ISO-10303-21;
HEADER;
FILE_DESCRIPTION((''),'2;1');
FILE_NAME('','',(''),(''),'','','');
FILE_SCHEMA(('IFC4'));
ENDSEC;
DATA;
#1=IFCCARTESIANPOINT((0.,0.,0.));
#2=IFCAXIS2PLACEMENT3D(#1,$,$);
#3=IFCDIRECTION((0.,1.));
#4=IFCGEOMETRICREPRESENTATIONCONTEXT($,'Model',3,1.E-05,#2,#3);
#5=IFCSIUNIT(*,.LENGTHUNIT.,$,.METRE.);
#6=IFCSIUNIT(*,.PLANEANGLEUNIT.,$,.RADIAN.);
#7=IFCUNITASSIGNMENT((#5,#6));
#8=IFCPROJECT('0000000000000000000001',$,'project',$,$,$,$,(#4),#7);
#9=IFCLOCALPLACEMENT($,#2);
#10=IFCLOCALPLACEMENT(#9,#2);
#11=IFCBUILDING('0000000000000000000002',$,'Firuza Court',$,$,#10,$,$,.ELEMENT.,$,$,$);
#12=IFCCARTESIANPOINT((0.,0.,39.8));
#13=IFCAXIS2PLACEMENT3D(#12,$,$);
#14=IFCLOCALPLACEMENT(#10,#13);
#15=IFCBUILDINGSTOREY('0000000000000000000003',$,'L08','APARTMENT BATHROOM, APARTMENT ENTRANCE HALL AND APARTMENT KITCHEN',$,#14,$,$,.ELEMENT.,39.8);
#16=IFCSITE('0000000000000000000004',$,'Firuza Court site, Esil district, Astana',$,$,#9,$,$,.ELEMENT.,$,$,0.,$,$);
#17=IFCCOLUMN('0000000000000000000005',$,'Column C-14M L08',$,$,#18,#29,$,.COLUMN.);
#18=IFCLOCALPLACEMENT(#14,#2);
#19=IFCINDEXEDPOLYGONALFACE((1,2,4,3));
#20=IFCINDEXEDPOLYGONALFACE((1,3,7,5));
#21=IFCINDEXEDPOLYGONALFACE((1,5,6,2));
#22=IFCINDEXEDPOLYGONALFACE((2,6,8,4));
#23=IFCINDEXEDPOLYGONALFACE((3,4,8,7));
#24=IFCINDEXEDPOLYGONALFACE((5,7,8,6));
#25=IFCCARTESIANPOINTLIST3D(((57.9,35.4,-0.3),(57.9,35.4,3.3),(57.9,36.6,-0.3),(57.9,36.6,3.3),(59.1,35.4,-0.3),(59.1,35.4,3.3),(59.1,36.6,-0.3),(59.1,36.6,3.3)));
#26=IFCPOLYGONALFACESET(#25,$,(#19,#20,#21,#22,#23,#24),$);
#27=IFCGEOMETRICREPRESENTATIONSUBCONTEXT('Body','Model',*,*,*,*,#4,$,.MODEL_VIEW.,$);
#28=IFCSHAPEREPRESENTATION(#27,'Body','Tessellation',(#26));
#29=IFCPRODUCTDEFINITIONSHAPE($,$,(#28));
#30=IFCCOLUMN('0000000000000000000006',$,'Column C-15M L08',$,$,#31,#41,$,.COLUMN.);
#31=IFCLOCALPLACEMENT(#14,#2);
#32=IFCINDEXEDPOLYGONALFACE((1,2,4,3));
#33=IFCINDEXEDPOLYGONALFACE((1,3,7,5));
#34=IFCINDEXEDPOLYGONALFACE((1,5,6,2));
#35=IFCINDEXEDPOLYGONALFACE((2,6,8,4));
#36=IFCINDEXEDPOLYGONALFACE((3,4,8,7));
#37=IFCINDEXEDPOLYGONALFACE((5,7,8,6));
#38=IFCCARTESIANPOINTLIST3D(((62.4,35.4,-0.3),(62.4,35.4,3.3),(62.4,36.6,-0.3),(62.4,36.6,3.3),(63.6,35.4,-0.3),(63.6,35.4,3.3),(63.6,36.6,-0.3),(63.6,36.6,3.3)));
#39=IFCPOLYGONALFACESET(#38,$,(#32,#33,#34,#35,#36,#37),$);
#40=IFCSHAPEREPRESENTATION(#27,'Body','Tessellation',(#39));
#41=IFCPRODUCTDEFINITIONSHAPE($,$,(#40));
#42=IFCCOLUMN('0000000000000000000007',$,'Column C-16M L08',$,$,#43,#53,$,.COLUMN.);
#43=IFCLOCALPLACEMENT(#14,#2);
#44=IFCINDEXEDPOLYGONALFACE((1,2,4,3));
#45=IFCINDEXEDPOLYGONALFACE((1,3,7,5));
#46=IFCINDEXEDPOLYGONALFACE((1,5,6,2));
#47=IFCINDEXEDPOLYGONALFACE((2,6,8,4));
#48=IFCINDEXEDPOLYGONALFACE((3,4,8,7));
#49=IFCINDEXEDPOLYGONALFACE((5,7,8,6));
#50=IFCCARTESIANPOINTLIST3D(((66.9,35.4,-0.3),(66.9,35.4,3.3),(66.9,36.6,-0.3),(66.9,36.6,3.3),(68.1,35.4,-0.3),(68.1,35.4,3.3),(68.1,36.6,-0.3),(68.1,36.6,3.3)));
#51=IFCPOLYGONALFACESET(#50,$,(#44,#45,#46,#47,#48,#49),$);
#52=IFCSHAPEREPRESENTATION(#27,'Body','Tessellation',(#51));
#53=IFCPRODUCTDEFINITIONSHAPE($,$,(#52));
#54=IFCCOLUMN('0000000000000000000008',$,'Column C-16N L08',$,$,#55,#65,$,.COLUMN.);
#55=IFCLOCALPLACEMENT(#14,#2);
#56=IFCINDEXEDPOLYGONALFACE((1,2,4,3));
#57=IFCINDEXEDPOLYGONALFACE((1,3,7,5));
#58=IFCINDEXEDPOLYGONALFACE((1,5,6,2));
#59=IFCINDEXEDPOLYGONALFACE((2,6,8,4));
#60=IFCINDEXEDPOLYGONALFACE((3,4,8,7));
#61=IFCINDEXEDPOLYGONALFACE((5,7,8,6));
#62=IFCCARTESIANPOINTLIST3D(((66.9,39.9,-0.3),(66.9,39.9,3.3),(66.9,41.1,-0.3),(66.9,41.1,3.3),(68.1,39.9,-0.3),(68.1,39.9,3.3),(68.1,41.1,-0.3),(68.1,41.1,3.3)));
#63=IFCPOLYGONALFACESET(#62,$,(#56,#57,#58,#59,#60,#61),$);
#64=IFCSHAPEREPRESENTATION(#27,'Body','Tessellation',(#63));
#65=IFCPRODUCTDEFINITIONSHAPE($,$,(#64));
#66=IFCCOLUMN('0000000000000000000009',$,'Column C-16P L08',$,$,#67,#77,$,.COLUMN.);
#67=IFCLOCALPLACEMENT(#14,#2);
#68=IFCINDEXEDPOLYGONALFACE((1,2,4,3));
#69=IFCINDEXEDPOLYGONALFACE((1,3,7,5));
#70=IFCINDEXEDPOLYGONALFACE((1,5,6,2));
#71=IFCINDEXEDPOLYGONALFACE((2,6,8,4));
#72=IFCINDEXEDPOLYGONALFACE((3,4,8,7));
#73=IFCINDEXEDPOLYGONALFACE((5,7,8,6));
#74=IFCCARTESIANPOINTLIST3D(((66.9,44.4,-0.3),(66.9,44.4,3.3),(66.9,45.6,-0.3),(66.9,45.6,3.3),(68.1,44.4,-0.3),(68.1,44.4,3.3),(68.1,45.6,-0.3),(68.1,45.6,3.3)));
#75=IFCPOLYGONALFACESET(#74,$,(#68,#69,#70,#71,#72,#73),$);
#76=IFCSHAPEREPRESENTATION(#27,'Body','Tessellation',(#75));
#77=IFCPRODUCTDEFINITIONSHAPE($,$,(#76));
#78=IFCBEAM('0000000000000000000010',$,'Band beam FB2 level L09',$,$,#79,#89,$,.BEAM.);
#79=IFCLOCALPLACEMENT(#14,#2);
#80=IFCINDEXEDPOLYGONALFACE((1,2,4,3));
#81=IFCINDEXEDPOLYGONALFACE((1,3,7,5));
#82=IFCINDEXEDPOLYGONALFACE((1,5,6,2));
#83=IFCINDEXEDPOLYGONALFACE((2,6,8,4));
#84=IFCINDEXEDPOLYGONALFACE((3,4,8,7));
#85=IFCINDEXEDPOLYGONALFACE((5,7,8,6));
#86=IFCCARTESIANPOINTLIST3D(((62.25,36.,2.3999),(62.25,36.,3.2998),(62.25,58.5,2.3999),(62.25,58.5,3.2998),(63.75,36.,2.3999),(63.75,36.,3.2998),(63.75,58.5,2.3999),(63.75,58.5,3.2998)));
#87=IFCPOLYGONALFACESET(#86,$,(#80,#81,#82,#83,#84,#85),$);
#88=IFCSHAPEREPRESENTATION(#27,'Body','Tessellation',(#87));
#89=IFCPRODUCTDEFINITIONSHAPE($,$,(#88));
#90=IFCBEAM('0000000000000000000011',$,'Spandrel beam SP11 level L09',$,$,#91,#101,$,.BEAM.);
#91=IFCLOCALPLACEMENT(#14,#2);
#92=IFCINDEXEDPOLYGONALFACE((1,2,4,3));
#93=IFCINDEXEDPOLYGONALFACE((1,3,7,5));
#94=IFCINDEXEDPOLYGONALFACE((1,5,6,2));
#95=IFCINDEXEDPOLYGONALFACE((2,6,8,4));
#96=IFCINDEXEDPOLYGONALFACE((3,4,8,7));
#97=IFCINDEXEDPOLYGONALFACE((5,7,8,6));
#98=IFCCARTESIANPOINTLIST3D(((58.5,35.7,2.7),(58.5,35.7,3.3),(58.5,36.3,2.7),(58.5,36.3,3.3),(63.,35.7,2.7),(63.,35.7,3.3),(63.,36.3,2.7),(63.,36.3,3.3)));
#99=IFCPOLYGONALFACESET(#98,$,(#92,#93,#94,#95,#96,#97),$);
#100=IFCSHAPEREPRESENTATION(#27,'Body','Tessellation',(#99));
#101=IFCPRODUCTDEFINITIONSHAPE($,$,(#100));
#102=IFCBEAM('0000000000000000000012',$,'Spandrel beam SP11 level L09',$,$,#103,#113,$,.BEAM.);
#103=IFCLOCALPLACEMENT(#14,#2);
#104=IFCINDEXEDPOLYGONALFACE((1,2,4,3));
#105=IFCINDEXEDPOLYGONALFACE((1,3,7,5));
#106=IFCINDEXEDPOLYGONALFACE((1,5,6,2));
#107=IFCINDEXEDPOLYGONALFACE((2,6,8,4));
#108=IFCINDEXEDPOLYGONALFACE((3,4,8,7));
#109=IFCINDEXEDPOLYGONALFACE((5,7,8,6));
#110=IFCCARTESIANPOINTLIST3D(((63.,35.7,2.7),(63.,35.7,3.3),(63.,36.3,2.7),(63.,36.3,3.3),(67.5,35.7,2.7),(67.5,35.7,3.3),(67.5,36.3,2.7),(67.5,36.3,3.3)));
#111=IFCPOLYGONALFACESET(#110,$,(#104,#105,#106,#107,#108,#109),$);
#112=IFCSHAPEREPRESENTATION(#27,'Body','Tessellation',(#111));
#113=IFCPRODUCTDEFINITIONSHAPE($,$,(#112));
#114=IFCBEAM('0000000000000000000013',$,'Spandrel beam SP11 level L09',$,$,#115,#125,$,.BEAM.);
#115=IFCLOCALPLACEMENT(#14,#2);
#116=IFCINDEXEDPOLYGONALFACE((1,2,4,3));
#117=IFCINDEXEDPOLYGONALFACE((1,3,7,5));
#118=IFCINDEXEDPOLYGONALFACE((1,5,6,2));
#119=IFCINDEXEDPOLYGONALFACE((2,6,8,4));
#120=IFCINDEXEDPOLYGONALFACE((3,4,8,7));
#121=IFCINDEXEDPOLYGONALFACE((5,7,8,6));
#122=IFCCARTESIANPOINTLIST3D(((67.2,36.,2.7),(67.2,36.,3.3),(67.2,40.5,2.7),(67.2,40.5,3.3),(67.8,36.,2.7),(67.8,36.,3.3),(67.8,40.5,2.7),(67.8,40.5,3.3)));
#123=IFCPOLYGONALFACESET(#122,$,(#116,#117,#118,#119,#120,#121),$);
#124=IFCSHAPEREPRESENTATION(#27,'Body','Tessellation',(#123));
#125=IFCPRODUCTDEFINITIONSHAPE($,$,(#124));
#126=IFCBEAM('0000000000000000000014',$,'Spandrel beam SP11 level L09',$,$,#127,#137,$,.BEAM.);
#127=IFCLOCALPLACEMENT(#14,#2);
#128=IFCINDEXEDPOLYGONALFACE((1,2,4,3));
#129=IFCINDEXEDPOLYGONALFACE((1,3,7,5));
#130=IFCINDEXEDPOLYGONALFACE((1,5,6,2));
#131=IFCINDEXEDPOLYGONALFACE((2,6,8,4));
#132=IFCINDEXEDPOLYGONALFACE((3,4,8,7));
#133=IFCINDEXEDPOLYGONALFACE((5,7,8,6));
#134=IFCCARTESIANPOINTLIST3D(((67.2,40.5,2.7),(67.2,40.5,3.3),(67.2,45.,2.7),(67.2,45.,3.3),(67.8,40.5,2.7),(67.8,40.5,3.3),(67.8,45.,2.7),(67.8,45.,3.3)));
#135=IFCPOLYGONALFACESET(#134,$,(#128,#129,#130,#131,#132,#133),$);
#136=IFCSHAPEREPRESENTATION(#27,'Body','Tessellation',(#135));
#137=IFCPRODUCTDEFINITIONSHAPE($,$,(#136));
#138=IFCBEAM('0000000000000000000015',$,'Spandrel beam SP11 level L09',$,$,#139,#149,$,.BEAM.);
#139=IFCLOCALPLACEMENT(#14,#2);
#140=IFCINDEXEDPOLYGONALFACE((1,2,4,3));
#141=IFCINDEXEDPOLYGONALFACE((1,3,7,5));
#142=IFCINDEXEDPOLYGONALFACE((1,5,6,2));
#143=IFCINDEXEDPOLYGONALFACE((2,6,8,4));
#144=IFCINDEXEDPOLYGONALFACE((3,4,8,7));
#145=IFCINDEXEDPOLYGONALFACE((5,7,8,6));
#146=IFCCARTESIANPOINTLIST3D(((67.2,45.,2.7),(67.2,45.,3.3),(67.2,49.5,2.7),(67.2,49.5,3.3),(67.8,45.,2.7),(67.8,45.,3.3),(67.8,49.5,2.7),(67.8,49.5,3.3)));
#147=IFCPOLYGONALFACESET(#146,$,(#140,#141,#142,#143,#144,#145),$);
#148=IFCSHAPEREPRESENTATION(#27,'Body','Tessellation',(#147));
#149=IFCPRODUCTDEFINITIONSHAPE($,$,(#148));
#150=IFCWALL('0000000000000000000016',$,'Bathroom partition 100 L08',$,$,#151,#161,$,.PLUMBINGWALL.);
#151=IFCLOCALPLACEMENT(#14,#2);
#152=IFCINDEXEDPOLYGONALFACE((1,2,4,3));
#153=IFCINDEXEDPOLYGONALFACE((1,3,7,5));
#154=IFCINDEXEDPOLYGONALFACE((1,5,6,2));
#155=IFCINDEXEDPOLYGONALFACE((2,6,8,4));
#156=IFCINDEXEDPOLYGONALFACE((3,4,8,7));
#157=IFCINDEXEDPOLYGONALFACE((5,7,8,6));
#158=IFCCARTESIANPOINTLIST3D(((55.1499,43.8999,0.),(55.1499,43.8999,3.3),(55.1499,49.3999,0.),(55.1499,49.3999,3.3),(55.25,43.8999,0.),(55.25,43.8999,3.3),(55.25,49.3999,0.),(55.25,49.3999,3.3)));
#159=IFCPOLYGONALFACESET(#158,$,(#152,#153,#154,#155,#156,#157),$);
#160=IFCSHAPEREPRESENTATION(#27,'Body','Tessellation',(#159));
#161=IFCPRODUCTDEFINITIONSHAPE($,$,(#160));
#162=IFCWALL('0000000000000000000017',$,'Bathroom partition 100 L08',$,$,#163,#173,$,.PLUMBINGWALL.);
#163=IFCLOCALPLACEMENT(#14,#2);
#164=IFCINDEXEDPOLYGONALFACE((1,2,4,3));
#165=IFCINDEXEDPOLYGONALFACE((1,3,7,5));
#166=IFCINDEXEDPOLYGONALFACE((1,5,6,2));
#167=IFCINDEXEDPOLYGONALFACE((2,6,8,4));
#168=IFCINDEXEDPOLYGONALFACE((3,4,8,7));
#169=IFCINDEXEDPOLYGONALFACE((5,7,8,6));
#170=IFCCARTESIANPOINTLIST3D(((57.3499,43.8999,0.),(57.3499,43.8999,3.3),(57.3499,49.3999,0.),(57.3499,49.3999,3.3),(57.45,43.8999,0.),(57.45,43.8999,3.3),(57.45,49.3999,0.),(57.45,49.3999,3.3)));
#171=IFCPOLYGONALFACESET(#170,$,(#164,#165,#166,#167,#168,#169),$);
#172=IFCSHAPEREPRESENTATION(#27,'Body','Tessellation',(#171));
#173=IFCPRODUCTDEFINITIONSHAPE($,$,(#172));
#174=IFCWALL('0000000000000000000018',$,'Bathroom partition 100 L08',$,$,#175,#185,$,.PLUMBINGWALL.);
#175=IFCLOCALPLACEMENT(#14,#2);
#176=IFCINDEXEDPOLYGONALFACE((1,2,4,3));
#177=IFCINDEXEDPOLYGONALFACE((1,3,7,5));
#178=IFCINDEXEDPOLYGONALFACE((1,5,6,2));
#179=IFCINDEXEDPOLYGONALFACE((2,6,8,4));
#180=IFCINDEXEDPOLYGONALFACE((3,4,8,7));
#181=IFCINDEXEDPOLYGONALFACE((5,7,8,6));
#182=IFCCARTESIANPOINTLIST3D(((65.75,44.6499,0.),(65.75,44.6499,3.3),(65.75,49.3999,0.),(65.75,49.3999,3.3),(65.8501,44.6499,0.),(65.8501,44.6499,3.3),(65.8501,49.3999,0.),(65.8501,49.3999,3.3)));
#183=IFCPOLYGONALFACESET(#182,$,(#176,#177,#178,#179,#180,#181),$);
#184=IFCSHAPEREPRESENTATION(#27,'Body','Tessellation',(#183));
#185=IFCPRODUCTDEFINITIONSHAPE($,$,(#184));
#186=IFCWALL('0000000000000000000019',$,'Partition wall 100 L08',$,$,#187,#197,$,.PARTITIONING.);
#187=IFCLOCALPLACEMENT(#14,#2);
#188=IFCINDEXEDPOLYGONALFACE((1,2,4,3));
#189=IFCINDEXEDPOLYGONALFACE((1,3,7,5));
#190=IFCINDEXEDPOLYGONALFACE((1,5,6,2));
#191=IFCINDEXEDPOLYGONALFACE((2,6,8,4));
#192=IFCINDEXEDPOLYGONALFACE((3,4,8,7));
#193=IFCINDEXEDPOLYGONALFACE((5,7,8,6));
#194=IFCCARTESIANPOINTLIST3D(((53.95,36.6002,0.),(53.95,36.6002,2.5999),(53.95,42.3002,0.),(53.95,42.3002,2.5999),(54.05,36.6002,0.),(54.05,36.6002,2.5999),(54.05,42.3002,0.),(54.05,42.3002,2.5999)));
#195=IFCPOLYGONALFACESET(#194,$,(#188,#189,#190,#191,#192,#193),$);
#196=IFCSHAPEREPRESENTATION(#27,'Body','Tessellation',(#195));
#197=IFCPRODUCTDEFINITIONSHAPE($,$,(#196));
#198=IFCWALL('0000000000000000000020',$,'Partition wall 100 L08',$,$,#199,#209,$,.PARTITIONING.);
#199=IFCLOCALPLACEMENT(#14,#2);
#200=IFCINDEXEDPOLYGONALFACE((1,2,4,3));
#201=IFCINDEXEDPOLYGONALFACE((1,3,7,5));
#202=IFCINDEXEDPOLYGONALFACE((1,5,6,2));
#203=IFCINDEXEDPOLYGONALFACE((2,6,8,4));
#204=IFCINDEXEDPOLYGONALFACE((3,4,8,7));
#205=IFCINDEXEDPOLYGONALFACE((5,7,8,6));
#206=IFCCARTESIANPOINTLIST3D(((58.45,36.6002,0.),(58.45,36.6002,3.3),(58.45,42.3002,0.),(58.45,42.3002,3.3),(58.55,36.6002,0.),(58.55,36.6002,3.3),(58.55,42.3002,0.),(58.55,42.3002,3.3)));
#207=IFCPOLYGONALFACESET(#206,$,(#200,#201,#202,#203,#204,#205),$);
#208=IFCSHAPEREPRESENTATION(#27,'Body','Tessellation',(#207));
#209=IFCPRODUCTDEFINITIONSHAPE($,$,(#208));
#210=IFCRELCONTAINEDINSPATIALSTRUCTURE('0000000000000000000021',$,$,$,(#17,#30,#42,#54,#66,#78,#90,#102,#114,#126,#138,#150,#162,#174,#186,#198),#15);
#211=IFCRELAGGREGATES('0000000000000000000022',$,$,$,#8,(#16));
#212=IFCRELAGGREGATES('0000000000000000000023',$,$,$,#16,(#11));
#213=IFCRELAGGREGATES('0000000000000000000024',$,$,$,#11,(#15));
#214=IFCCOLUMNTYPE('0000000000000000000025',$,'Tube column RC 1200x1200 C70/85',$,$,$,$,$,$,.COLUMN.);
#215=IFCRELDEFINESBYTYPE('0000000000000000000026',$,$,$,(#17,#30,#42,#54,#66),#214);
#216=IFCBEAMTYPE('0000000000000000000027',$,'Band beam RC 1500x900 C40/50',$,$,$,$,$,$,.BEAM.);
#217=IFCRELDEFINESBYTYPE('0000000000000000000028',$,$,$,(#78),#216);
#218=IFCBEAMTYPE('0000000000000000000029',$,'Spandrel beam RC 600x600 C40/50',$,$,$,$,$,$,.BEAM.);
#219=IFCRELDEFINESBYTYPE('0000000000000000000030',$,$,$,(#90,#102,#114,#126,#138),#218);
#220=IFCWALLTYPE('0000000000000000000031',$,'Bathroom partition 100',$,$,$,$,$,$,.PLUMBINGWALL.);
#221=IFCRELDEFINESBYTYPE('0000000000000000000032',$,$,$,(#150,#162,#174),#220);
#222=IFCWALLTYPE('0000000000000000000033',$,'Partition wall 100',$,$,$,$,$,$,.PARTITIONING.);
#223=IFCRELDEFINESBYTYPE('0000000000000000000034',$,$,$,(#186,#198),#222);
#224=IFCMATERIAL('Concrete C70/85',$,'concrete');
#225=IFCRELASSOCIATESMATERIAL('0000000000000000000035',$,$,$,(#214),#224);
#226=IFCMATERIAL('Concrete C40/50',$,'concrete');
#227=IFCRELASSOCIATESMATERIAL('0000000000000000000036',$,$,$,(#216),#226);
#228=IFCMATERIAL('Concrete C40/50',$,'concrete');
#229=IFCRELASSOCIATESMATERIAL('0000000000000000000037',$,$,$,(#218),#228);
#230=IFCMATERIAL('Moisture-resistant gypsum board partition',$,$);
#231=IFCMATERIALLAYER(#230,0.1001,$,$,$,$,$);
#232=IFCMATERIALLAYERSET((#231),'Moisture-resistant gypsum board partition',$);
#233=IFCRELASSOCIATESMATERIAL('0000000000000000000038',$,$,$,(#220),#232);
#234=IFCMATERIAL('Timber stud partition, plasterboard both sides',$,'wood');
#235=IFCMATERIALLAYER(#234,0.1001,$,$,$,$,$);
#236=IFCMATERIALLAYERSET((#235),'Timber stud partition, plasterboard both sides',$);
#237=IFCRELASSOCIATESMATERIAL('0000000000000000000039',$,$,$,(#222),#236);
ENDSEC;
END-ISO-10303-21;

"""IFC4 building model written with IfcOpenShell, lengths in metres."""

from ifc_helpers import new_model, si_unit, direction, frame, frame_2d, origin, origin_2d, place, context, subcontext, project, spatial, rectangle, extrude, material, layer, layer_set, material_profile, profile_set, type_object, element, save


model = new_model("IFC4")

# Units and contexts
model_context = context("Model", 3, precision=1e-05, world=origin(), true_north=direction((0.0, 1.0)))
body_context = subcontext(model_context, "Body", "Model", "MODEL_VIEW")
ifc_project = project(units=[si_unit("LENGTHUNIT", "METRE"), si_unit("PLANEANGLEUNIT", "RADIAN")], contexts=[model_context])

# Site, building, storey
site_placement = place(None, origin())
site = spatial("IfcSite", under=ifc_project, at=site_placement, Name="Firuza Court site, Esil district, Astana", CompositionType="ELEMENT", RefElevation=0.0)
building_placement = place(site_placement, origin())
building = spatial("IfcBuilding", under=site, at=building_placement, Name="Firuza Court", CompositionType="ELEMENT")
storey_placement = place(building_placement, frame((0.0, 0.0, 39.8)))
storey = spatial("IfcBuildingStorey", under=building, at=storey_placement, Name="L08", Description="APARTMENT BATHROOM, APARTMENT ENTRANCE HALL AND APARTMENT KITCHEN", CompositionType="ELEMENT", Elevation=39.8)

# Columns
ifc_material_1 = material(Name="Concrete C70/85", Category="concrete")
ifc_material_profile_1 = material_profile(ifc_material_1, rectangle(XDim=1.2, YDim=1.2, at=origin_2d()), Name="RC 1200x1200")
ifc_profile_set_1 = profile_set([ifc_material_profile_1], Name="Concrete C70/85")
column_type = type_object("IfcColumnType", Name="Tube column RC 1200x1200 C70/85", PredefinedType="COLUMN", material=ifc_profile_set_1)
for number, where, z_axis, x_axis, name in (
    (1, (58.5, 36.0, -0.3), (0.0, 0.0, 1.0), (1.0, 0.0, 0.0), "Column C-14M L08"),
    (2, (63.0, 36.0, -0.3), (0.0, 0.0, 1.0), (1.0, 0.0, 0.0), "Column C-15M L08"),
    (3, (67.5, 36.0, -0.3), (0.0, 0.0, 1.0), (1.0, 0.0, 0.0), "Column C-16M L08"),
    (4, (67.5, 40.5, -0.3), (0.0, 0.0, 1.0), (1.0, 0.0, 0.0), "Column C-16N L08"),
    (5, (67.5, 45.0, -0.3), (0.0, 0.0, 1.0), (1.0, 0.0, 0.0), "Column C-16P L08"),
):
    element("IfcColumn", number, at=place(storey_placement, frame(where, z_axis=z_axis, x_axis=x_axis)), inside=storey, type_object=column_type, Name=name, PredefinedType="COLUMN", context=body_context, shape_type="SweptSolid", body=[
        extrude(rectangle(XDim=1.2, YDim=1.2, at=origin_2d()), origin(), (0.0, 0.0, 1.0), 3.6001),
    ])

# Beams
ifc_material_2 = material(Name="Concrete C40/50", Category="concrete")
ifc_material_profile_2 = material_profile(ifc_material_2, rectangle(XDim=1.5, YDim=0.8999, at=origin_2d()), Name="RC 1500x900")
ifc_profile_set_2 = profile_set([ifc_material_profile_2], Name="Concrete C40/50")
beam_type_1 = type_object("IfcBeamType", Name="Band beam RC 1500x900 C40/50", PredefinedType="BEAM", material=ifc_profile_set_2)
beam_placement = place(storey_placement, frame((63.0, 36.0, 2.8499), z_axis=(0.0, 1.0, 0.0), x_axis=(-1.0, 0.0, 0.0)))
element("IfcBeam", 6, at=beam_placement, inside=storey, type_object=beam_type_1, Name="Band beam FB2 level L09", PredefinedType="BEAM", context=body_context, shape_type="SweptSolid", body=[
    extrude(rectangle(XDim=1.5, YDim=0.8999, at=origin_2d()), origin(), (0.0, 0.0, 1.0), 22.5),
])
ifc_material_3 = material(Name="Concrete C40/50", Category="concrete")
ifc_material_profile_3 = material_profile(ifc_material_3, rectangle(XDim=0.6001, YDim=0.6001, at=origin_2d()), Name="RC 600x600")
ifc_profile_set_3 = profile_set([ifc_material_profile_3], Name="Concrete C40/50")
beam_type_2 = type_object("IfcBeamType", Name="Spandrel beam RC 600x600 C40/50", PredefinedType="BEAM", material=ifc_profile_set_3)
for number, where, z_axis, x_axis, name in (
    (7, (58.5, 36.0, 3.0), (1.0, 0.0, 0.0), (0.0, 1.0, 0.0), "Spandrel beam SP11 level L09"),
    (8, (63.0, 36.0, 3.0), (1.0, 0.0, 0.0), (0.0, 1.0, 0.0), "Spandrel beam SP11 level L09"),
    (9, (67.5, 36.0, 3.0), (0.0, 1.0, 0.0), (-1.0, 0.0, 0.0), "Spandrel beam SP11 level L09"),
    (10, (67.5, 40.5, 3.0), (0.0, 1.0, 0.0), (-1.0, 0.0, 0.0), "Spandrel beam SP11 level L09"),
    (11, (67.5, 45.0, 3.0), (0.0, 1.0, 0.0), (-1.0, 0.0, 0.0), "Spandrel beam SP11 level L09"),
):
    element("IfcBeam", number, at=place(storey_placement, frame(where, z_axis=z_axis, x_axis=x_axis)), inside=storey, type_object=beam_type_2, Name=name, PredefinedType="BEAM", context=body_context, shape_type="SweptSolid", body=[
        extrude(rectangle(XDim=0.6001, YDim=0.6001, at=origin_2d()), origin(), (0.0, 0.0, 1.0), 4.5),
    ])

# Walls
ifc_material_4 = material(Name="Moisture-resistant gypsum board partition")
ifc_layer_1 = layer(ifc_material_4, 0.1001)
ifc_layer_set_1 = layer_set([ifc_layer_1], Name="Moisture-resistant gypsum board partition")
wall_type_1 = type_object("IfcWallType", Name="Bathroom partition 100", PredefinedType="PLUMBINGWALL", material=ifc_layer_set_1)
for number, where, z_axis, x_axis, name in (
    (12, (55.2, 43.8999, 0.0), (0.0, 0.0, 1.0), (0.0, 1.0, 0.0), "Bathroom partition 100 L08"),
    (13, (57.3999, 43.8999, 0.0), (0.0, 0.0, 1.0), (0.0, 1.0, 0.0), "Bathroom partition 100 L08"),
):
    element("IfcWall", number, at=place(storey_placement, frame(where, z_axis=z_axis, x_axis=x_axis)), inside=storey, type_object=wall_type_1, Name=name, PredefinedType="PLUMBINGWALL", context=body_context, shape_type="SweptSolid", body=[
        extrude(rectangle(XDim=5.5, YDim=0.1001, at=frame_2d((2.75, 0.0))), origin(), (0.0, 0.0, 1.0), 3.3),
    ])
wall_1_placement = place(storey_placement, frame((65.8, 44.6499, 0.0), z_axis=(0.0, 0.0, 1.0), x_axis=(0.0, 1.0, 0.0)))
element("IfcWall", 14, at=wall_1_placement, inside=storey, type_object=wall_type_1, Name="Bathroom partition 100 L08", PredefinedType="PLUMBINGWALL", context=body_context, shape_type="SweptSolid", body=[
    extrude(rectangle(XDim=4.75, YDim=0.1001, at=frame_2d((2.375, 0.0))), origin(), (0.0, 0.0, 1.0), 3.3),
])
ifc_material_5 = material(Name="Timber stud partition, plasterboard both sides", Category="wood")
ifc_layer_2 = layer(ifc_material_5, 0.1001)
ifc_layer_set_2 = layer_set([ifc_layer_2], Name="Timber stud partition, plasterboard both sides")
wall_type_2 = type_object("IfcWallType", Name="Partition wall 100", PredefinedType="PARTITIONING", material=ifc_layer_set_2)
wall_2_placement = place(storey_placement, frame((54.0, 36.6001, 0.0), z_axis=(0.0, 0.0, 1.0), x_axis=(0.0, 1.0, 0.0)))
element("IfcWall", 15, at=wall_2_placement, inside=storey, type_object=wall_type_2, Name="Partition wall 100 L08", PredefinedType="PARTITIONING", context=body_context, shape_type="SweptSolid", body=[
    extrude(rectangle(XDim=5.7, YDim=0.1001, at=frame_2d((2.8501, 0.0))), origin(), (0.0, 0.0, 1.0), 2.5999),
])
wall_3_placement = place(storey_placement, frame((58.5, 36.6001, 0.0), z_axis=(0.0, 0.0, 1.0), x_axis=(0.0, 1.0, 0.0)))
element("IfcWall", 16, at=wall_3_placement, inside=storey, type_object=wall_type_2, Name="Partition wall 100 L08", PredefinedType="PARTITIONING", context=body_context, shape_type="SweptSolid", body=[
    extrude(rectangle(XDim=5.7, YDim=0.1001, at=frame_2d((2.8501, 0.0))), origin(), (0.0, 0.0, 1.0), 3.3),
])

save(model, "model.ifc")
